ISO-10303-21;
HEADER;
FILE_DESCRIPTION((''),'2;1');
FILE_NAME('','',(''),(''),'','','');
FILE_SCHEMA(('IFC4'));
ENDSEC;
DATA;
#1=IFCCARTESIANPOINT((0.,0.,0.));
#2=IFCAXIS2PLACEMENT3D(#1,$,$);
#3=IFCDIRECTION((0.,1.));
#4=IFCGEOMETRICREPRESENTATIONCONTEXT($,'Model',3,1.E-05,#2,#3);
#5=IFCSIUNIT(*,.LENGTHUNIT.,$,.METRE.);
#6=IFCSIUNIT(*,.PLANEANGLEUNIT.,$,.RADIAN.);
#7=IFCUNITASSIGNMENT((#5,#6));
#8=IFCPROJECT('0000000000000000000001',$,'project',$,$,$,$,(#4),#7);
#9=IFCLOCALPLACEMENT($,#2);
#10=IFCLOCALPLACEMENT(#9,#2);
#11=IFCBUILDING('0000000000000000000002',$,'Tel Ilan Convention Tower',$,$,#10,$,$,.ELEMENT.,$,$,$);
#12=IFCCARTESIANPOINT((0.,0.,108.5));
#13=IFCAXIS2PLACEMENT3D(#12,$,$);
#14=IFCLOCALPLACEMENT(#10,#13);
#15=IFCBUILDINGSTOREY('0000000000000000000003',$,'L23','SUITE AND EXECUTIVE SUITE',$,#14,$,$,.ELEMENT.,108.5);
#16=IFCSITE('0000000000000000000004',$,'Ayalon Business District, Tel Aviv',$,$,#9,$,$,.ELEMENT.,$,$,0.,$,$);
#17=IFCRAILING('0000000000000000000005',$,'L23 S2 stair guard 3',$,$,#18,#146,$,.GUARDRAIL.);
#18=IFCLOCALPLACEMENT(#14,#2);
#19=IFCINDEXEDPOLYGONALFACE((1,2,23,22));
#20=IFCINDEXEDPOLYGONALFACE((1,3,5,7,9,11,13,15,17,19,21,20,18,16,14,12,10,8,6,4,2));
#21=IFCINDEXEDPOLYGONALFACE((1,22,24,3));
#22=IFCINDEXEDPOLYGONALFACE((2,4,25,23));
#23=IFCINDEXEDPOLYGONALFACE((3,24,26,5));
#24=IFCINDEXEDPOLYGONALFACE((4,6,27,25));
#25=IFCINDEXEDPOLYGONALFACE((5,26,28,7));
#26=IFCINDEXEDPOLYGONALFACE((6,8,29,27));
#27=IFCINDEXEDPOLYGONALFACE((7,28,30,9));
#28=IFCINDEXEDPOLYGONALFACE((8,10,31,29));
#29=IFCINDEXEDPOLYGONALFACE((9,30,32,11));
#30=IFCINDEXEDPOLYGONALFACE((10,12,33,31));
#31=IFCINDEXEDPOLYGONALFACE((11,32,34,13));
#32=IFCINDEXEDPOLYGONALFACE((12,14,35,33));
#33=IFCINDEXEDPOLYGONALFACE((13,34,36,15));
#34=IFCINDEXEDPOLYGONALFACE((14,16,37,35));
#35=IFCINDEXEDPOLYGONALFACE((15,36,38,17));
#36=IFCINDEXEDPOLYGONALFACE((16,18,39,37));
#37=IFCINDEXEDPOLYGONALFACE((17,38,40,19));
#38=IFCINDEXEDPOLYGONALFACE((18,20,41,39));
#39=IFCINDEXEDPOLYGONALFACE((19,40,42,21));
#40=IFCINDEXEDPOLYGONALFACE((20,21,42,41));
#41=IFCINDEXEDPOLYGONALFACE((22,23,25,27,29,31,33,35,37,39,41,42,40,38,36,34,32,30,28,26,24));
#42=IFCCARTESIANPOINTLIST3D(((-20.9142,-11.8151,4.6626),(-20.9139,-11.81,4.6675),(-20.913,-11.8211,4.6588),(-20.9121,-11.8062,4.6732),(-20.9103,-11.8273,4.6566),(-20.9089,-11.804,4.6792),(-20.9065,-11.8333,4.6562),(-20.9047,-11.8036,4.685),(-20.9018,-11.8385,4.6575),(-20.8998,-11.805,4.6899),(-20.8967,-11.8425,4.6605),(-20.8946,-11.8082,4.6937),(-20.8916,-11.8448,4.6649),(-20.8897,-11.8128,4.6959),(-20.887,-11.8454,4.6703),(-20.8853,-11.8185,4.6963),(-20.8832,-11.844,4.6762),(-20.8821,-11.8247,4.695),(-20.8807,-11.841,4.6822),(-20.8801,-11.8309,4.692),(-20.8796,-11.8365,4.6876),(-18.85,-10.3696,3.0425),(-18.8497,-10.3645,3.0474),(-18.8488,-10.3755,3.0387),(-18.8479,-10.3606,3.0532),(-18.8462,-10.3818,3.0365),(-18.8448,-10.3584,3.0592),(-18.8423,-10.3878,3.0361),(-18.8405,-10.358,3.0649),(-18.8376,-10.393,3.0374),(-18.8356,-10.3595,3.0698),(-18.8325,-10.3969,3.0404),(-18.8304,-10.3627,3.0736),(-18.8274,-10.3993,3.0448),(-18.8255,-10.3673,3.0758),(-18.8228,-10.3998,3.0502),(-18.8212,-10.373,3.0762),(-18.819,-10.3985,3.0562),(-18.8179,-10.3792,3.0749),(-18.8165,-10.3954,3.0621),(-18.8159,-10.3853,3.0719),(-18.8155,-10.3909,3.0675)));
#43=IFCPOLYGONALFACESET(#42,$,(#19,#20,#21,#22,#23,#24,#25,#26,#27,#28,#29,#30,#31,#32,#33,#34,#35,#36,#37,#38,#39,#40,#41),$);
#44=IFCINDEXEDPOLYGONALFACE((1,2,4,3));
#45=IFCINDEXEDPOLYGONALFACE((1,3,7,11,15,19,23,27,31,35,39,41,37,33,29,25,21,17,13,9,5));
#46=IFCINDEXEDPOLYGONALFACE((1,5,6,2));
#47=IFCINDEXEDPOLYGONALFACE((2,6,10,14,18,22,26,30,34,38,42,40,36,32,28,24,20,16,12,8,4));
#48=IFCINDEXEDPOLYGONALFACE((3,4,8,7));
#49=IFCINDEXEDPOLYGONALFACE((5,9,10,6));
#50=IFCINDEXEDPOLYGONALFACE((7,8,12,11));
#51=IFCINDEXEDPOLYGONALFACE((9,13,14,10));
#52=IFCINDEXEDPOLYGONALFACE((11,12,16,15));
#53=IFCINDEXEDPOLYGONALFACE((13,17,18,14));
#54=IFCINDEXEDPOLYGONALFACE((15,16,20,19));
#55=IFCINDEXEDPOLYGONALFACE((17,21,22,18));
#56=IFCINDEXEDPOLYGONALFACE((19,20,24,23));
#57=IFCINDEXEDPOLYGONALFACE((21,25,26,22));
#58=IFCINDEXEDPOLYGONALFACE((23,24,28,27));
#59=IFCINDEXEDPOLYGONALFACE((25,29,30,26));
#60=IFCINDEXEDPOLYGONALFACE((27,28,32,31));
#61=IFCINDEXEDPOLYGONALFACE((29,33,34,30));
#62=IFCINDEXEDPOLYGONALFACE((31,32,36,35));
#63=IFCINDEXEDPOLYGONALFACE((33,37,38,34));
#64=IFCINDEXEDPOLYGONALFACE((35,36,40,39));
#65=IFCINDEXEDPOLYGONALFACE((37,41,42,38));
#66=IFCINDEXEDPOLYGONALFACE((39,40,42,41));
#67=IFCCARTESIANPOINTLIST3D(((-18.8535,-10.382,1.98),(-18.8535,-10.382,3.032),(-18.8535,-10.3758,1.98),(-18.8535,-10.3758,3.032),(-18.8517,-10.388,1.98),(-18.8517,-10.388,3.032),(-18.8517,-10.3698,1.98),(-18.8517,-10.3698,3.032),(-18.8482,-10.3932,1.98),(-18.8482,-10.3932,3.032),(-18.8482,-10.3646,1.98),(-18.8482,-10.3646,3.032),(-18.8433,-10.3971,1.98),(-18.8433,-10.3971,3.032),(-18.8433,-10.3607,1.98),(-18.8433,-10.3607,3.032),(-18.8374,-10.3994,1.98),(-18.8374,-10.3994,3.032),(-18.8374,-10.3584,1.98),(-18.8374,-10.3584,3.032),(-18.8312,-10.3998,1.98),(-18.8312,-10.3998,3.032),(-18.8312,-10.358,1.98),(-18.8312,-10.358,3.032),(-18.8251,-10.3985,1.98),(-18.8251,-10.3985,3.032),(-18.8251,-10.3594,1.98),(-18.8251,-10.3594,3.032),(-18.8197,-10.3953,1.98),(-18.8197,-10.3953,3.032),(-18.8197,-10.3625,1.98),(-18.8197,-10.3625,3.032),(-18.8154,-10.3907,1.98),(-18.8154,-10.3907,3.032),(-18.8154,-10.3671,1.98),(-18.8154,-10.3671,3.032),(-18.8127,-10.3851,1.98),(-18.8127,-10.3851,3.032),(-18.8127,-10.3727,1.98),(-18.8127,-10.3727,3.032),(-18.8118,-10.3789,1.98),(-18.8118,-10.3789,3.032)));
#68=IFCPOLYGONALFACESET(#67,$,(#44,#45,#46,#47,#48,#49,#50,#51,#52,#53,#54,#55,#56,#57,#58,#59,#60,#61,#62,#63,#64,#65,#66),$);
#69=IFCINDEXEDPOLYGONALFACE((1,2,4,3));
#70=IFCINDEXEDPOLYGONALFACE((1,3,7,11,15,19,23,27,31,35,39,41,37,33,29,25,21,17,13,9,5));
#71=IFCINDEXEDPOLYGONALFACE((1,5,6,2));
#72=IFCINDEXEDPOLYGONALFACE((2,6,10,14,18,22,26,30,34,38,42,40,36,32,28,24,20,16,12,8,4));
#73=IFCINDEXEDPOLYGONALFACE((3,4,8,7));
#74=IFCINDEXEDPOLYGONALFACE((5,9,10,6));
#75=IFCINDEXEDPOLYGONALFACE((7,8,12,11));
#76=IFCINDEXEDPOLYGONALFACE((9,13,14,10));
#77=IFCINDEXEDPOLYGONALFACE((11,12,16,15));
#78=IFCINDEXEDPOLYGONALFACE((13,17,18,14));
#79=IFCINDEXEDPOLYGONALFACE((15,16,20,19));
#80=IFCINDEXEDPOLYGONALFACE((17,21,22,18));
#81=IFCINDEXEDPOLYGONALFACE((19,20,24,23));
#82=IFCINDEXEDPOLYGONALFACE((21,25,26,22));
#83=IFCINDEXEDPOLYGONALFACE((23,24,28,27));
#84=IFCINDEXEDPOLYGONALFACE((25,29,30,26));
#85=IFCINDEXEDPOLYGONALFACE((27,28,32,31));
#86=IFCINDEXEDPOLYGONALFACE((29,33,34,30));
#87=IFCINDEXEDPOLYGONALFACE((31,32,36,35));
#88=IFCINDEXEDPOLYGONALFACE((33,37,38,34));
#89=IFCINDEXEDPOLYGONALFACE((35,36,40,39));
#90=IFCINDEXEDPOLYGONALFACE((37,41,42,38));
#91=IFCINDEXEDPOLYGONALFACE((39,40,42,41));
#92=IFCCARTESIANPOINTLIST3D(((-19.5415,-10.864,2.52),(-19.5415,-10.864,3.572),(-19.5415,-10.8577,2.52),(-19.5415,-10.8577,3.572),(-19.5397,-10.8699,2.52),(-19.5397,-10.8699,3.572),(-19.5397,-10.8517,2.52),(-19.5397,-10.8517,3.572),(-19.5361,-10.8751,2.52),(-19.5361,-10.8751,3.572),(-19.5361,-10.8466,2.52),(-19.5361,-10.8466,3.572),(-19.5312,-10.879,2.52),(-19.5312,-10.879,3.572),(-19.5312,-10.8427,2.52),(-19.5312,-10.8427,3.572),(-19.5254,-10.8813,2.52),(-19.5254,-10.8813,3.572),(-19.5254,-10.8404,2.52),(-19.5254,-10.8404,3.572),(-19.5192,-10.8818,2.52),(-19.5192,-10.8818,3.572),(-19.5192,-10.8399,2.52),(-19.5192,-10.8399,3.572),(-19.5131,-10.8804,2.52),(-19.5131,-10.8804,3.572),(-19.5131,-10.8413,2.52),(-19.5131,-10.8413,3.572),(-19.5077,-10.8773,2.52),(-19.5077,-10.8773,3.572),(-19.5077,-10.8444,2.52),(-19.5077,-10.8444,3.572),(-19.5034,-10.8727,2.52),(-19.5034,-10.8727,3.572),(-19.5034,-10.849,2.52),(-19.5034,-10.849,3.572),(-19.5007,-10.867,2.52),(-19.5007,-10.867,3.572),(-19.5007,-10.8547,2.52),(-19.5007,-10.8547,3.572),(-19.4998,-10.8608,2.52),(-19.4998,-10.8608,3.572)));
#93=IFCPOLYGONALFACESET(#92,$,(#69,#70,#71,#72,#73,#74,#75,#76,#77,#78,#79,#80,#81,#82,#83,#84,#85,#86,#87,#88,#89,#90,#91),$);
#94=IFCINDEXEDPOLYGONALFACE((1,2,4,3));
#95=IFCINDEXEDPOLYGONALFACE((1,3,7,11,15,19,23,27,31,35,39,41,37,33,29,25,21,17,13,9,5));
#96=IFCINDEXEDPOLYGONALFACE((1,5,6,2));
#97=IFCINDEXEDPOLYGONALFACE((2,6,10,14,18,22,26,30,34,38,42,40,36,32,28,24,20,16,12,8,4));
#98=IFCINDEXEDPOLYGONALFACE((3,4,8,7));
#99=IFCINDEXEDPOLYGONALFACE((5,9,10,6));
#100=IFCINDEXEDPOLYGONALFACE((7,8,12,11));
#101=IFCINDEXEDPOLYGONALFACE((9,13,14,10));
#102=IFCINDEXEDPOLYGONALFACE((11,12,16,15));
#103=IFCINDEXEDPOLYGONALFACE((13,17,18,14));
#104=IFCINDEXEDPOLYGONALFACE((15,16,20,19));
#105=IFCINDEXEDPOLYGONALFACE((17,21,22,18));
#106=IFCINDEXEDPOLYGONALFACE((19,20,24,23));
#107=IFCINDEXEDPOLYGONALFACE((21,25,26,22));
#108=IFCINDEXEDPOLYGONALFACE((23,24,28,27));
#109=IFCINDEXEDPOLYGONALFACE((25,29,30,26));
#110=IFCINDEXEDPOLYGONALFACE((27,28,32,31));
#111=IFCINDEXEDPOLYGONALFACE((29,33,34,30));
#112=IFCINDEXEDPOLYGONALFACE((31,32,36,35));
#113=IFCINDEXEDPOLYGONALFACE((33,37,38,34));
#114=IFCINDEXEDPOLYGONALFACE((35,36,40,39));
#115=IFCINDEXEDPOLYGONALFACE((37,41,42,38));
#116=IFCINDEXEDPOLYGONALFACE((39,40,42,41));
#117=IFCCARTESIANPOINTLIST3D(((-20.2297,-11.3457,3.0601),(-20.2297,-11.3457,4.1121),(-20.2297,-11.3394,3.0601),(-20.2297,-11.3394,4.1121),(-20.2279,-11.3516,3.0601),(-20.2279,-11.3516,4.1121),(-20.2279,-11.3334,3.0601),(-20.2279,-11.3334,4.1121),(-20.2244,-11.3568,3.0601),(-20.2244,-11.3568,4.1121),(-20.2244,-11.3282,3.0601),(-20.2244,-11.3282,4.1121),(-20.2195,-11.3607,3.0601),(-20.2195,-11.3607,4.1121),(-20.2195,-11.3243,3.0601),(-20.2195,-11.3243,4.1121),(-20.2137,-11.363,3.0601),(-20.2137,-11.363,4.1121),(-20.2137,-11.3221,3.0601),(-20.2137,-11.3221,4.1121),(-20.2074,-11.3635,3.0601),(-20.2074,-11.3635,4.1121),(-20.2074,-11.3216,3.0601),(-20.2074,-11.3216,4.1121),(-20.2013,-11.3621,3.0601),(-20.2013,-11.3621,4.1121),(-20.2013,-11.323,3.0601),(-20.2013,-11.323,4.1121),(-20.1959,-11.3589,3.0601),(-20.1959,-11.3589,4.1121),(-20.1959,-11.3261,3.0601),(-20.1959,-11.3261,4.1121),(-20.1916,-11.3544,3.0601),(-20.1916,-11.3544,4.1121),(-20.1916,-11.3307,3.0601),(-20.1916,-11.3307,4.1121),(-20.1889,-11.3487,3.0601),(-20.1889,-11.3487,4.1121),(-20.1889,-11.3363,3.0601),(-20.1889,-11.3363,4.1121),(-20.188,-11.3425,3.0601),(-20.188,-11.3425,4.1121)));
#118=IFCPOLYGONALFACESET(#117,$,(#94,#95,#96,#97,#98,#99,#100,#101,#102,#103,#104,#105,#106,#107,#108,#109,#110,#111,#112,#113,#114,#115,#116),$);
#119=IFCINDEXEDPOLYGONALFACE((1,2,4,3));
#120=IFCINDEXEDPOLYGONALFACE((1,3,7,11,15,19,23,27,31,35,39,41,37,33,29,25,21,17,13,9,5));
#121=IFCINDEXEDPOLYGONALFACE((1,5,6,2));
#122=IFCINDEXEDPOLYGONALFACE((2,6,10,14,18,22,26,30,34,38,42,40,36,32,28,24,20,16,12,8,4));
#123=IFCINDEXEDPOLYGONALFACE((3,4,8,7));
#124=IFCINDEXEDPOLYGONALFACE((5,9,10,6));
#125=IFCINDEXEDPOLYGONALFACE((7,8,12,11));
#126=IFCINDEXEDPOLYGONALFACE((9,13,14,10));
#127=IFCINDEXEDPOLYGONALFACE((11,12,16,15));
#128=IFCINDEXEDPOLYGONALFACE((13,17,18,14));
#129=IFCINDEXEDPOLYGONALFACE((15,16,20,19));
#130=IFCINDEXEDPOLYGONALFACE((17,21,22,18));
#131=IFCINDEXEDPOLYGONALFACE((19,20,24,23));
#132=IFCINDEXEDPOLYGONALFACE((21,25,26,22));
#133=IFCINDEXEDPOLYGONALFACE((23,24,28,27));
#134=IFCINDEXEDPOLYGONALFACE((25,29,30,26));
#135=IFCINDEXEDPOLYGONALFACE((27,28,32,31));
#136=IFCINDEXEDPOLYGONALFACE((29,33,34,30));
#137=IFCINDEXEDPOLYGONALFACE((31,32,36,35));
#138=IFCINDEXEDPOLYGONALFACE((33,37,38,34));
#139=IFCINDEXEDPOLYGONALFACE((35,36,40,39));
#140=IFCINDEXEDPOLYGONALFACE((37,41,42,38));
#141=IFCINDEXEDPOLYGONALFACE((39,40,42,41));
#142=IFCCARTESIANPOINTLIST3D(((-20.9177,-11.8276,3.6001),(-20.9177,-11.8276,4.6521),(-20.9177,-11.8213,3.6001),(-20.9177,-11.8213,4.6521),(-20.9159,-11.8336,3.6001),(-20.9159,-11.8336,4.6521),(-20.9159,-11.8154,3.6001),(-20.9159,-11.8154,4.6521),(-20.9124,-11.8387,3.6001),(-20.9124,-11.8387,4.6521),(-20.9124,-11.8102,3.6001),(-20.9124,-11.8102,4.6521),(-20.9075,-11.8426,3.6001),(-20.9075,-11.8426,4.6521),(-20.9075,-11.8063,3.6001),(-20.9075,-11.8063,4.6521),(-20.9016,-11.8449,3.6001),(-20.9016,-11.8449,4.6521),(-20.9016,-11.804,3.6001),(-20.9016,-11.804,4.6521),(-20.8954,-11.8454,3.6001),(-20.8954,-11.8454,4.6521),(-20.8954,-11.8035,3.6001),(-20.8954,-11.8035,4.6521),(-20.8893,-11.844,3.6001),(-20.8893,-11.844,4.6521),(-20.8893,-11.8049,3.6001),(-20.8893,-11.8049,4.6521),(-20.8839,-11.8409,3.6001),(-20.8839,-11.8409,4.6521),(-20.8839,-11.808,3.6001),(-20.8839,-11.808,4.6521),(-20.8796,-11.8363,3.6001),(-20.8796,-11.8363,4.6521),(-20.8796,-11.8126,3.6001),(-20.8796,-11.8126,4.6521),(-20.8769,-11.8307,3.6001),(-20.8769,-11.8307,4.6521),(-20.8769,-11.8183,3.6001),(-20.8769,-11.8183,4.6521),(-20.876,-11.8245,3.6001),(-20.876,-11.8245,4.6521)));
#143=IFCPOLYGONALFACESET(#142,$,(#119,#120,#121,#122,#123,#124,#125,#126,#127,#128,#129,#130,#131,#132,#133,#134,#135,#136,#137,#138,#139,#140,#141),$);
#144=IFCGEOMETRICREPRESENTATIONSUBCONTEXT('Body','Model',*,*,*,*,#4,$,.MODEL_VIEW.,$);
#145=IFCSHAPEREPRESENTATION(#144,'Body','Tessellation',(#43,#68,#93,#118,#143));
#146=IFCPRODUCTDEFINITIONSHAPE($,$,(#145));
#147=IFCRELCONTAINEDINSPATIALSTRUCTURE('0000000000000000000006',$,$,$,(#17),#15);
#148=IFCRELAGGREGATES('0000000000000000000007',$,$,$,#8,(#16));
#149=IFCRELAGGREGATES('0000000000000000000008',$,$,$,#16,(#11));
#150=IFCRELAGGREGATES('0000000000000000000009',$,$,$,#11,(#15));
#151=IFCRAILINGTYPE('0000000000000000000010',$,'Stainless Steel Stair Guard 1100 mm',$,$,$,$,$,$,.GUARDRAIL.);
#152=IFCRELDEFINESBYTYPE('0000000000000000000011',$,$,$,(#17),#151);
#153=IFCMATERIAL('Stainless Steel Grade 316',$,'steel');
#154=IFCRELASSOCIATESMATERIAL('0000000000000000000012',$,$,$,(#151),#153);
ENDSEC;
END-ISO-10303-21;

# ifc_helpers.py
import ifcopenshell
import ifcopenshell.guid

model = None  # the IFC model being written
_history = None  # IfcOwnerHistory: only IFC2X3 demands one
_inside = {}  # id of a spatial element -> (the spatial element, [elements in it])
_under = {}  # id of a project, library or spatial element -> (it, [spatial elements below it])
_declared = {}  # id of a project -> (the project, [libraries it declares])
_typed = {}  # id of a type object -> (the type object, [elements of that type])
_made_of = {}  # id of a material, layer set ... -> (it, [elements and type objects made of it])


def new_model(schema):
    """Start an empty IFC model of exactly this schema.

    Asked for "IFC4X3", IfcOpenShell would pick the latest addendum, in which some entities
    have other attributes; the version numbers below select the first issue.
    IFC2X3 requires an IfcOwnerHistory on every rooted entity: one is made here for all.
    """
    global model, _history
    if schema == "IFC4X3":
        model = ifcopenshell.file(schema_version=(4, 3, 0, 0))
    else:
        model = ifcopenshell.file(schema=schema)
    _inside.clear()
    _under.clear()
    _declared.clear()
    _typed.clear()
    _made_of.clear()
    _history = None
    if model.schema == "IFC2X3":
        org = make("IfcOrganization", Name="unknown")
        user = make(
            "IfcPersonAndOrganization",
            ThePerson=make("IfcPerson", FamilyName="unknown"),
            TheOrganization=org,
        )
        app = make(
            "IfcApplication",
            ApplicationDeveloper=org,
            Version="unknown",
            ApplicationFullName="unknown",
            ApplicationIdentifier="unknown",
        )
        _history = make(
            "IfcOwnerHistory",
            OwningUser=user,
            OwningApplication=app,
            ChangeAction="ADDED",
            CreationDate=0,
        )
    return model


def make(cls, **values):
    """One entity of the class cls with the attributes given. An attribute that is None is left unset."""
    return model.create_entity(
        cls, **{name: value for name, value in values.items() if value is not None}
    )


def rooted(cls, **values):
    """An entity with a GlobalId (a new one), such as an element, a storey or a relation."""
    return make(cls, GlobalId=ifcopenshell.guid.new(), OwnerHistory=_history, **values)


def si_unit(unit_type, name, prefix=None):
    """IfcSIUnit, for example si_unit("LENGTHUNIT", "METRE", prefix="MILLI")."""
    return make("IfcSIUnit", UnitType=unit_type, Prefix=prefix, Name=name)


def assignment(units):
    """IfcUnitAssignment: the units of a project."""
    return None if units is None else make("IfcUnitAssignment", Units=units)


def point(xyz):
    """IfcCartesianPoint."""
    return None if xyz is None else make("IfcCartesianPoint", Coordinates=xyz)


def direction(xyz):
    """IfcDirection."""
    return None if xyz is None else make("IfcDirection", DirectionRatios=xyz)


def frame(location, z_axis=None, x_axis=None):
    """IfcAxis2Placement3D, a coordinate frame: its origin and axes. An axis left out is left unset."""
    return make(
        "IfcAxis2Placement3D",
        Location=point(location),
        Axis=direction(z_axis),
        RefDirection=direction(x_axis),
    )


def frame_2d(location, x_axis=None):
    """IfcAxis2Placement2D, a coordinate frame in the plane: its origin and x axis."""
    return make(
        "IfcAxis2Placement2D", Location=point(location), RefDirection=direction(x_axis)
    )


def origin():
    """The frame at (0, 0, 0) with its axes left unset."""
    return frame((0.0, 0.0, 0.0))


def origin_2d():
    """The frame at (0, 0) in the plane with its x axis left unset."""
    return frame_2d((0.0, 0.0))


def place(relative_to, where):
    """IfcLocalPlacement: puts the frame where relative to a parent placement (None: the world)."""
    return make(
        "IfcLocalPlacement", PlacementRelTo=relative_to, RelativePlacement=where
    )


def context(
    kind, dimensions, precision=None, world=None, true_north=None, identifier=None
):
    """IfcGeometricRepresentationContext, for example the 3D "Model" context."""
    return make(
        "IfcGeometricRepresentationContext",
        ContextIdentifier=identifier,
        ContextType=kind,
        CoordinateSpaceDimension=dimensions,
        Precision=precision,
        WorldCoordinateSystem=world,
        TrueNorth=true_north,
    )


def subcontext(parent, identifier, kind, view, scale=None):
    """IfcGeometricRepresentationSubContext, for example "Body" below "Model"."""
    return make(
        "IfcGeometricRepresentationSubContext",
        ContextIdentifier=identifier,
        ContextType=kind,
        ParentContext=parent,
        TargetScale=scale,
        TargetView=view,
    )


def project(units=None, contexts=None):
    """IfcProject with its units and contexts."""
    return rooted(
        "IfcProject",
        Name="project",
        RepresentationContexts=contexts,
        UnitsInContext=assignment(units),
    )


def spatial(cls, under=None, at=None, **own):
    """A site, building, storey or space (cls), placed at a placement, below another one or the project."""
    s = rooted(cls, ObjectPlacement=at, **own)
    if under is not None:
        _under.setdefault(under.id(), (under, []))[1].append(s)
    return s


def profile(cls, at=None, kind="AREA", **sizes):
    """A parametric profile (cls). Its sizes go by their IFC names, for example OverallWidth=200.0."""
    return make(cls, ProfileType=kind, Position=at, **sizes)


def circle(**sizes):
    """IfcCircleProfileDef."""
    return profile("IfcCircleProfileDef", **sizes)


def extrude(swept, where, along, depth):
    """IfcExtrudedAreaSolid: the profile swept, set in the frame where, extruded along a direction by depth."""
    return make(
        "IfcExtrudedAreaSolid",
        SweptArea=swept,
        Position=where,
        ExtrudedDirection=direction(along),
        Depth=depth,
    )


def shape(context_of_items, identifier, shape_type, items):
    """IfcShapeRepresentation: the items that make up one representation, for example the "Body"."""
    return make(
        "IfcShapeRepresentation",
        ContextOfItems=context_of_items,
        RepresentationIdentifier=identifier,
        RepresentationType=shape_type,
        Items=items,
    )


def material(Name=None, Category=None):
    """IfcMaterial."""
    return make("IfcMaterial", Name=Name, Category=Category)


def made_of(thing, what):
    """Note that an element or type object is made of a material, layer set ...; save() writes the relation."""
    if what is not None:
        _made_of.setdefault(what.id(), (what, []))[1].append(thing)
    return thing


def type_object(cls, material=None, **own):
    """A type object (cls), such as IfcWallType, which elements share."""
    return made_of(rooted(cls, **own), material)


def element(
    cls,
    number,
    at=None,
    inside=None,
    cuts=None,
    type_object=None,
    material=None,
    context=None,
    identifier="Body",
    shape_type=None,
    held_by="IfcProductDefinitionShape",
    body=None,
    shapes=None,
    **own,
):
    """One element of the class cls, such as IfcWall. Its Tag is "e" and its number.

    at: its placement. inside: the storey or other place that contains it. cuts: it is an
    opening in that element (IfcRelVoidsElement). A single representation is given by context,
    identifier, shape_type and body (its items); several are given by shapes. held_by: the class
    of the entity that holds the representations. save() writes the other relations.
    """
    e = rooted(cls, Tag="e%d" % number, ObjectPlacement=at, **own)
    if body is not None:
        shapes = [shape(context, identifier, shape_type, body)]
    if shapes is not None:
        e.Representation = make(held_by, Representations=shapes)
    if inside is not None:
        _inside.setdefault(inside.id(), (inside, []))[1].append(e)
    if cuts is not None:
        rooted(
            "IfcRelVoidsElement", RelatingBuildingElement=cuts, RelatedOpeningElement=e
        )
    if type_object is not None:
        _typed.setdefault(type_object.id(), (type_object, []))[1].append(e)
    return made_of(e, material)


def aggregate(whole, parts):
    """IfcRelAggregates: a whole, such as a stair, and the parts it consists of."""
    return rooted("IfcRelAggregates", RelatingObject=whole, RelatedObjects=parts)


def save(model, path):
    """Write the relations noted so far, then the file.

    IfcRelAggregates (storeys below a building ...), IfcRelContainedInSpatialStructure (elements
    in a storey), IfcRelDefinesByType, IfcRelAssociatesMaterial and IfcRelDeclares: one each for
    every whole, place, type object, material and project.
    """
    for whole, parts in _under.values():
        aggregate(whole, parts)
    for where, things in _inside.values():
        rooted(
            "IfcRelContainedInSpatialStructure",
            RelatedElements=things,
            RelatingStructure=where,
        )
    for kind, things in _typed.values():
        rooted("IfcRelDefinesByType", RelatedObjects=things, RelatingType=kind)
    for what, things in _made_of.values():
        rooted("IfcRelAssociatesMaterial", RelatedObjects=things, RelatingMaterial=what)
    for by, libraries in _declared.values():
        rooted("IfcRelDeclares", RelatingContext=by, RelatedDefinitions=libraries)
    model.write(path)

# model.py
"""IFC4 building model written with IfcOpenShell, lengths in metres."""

from ifc_helpers import new_model, si_unit, direction, frame, origin, origin_2d, place, context, subcontext, project, spatial, circle, extrude, material, type_object, element, save


model = new_model("IFC4")

# Units and contexts
model_context = context("Model", 3, precision=1e-05, world=origin(), true_north=direction((0.0, 1.0)))
body_context = subcontext(model_context, "Body", "Model", "MODEL_VIEW")
ifc_project = project(units=[si_unit("LENGTHUNIT", "METRE"), si_unit("PLANEANGLEUNIT", "RADIAN")], contexts=[model_context])

# Site, building, storey
site_placement = place(None, origin())
site = spatial("IfcSite", under=ifc_project, at=site_placement, Name="Ayalon Business District, Tel Aviv", CompositionType="ELEMENT", RefElevation=0.0)
building_placement = place(site_placement, origin())
building = spatial("IfcBuilding", under=site, at=building_placement, Name="Tel Ilan Convention Tower", CompositionType="ELEMENT")
storey_placement = place(building_placement, frame((0.0, 0.0, 108.5)))
storey = spatial("IfcBuildingStorey", under=building, at=storey_placement, Name="L23", Description="SUITE AND EXECUTIVE SUITE", CompositionType="ELEMENT", Elevation=108.5)

# Railing
ifc_material_1 = material(Name="Stainless Steel Grade 316", Category="steel")
railing_type_1 = type_object("IfcRailingType", Name="Stainless Steel Stair Guard 1100 mm", PredefinedType="GUARDRAIL", material=ifc_material_1)
railing_1_placement = place(storey_placement, frame((-18.8328, -10.3789, 1.98)))
element("IfcRailing", 1, at=railing_1_placement, inside=storey, type_object=railing_type_1, Name="L23 S2 stair guard 3", PredefinedType="GUARDRAIL", context=body_context, shape_type="SweptSolid", body=[
    extrude(circle(Radius=0.0239, at=origin_2d()), frame((0.0, 0.0, 1.0762), z_axis=(-0.689013, -0.482513, 0.540779), x_axis=(0.573625, -0.819118, 0.0)), (0.0, 0.0, 1.0), 2.9958),
    extrude(circle(Radius=0.021, at=origin_2d()), origin(), (0.0, 0.0, 1.0), 1.052),
    extrude(circle(Radius=0.021, at=origin_2d()), frame((-0.688, -0.4819, 0.54)), (0.0, 0.0, 1.0), 1.052),
    extrude(circle(Radius=0.021, at=origin_2d()), frame((-1.3762, -0.9636, 1.0801)), (0.0, 0.0, 1.0), 1.052),
    extrude(circle(Radius=0.021, at=origin_2d()), frame((-2.0642, -1.4456, 1.6201)), (0.0, 0.0, 1.0), 1.052),
])

save(model, "model.ifc")
